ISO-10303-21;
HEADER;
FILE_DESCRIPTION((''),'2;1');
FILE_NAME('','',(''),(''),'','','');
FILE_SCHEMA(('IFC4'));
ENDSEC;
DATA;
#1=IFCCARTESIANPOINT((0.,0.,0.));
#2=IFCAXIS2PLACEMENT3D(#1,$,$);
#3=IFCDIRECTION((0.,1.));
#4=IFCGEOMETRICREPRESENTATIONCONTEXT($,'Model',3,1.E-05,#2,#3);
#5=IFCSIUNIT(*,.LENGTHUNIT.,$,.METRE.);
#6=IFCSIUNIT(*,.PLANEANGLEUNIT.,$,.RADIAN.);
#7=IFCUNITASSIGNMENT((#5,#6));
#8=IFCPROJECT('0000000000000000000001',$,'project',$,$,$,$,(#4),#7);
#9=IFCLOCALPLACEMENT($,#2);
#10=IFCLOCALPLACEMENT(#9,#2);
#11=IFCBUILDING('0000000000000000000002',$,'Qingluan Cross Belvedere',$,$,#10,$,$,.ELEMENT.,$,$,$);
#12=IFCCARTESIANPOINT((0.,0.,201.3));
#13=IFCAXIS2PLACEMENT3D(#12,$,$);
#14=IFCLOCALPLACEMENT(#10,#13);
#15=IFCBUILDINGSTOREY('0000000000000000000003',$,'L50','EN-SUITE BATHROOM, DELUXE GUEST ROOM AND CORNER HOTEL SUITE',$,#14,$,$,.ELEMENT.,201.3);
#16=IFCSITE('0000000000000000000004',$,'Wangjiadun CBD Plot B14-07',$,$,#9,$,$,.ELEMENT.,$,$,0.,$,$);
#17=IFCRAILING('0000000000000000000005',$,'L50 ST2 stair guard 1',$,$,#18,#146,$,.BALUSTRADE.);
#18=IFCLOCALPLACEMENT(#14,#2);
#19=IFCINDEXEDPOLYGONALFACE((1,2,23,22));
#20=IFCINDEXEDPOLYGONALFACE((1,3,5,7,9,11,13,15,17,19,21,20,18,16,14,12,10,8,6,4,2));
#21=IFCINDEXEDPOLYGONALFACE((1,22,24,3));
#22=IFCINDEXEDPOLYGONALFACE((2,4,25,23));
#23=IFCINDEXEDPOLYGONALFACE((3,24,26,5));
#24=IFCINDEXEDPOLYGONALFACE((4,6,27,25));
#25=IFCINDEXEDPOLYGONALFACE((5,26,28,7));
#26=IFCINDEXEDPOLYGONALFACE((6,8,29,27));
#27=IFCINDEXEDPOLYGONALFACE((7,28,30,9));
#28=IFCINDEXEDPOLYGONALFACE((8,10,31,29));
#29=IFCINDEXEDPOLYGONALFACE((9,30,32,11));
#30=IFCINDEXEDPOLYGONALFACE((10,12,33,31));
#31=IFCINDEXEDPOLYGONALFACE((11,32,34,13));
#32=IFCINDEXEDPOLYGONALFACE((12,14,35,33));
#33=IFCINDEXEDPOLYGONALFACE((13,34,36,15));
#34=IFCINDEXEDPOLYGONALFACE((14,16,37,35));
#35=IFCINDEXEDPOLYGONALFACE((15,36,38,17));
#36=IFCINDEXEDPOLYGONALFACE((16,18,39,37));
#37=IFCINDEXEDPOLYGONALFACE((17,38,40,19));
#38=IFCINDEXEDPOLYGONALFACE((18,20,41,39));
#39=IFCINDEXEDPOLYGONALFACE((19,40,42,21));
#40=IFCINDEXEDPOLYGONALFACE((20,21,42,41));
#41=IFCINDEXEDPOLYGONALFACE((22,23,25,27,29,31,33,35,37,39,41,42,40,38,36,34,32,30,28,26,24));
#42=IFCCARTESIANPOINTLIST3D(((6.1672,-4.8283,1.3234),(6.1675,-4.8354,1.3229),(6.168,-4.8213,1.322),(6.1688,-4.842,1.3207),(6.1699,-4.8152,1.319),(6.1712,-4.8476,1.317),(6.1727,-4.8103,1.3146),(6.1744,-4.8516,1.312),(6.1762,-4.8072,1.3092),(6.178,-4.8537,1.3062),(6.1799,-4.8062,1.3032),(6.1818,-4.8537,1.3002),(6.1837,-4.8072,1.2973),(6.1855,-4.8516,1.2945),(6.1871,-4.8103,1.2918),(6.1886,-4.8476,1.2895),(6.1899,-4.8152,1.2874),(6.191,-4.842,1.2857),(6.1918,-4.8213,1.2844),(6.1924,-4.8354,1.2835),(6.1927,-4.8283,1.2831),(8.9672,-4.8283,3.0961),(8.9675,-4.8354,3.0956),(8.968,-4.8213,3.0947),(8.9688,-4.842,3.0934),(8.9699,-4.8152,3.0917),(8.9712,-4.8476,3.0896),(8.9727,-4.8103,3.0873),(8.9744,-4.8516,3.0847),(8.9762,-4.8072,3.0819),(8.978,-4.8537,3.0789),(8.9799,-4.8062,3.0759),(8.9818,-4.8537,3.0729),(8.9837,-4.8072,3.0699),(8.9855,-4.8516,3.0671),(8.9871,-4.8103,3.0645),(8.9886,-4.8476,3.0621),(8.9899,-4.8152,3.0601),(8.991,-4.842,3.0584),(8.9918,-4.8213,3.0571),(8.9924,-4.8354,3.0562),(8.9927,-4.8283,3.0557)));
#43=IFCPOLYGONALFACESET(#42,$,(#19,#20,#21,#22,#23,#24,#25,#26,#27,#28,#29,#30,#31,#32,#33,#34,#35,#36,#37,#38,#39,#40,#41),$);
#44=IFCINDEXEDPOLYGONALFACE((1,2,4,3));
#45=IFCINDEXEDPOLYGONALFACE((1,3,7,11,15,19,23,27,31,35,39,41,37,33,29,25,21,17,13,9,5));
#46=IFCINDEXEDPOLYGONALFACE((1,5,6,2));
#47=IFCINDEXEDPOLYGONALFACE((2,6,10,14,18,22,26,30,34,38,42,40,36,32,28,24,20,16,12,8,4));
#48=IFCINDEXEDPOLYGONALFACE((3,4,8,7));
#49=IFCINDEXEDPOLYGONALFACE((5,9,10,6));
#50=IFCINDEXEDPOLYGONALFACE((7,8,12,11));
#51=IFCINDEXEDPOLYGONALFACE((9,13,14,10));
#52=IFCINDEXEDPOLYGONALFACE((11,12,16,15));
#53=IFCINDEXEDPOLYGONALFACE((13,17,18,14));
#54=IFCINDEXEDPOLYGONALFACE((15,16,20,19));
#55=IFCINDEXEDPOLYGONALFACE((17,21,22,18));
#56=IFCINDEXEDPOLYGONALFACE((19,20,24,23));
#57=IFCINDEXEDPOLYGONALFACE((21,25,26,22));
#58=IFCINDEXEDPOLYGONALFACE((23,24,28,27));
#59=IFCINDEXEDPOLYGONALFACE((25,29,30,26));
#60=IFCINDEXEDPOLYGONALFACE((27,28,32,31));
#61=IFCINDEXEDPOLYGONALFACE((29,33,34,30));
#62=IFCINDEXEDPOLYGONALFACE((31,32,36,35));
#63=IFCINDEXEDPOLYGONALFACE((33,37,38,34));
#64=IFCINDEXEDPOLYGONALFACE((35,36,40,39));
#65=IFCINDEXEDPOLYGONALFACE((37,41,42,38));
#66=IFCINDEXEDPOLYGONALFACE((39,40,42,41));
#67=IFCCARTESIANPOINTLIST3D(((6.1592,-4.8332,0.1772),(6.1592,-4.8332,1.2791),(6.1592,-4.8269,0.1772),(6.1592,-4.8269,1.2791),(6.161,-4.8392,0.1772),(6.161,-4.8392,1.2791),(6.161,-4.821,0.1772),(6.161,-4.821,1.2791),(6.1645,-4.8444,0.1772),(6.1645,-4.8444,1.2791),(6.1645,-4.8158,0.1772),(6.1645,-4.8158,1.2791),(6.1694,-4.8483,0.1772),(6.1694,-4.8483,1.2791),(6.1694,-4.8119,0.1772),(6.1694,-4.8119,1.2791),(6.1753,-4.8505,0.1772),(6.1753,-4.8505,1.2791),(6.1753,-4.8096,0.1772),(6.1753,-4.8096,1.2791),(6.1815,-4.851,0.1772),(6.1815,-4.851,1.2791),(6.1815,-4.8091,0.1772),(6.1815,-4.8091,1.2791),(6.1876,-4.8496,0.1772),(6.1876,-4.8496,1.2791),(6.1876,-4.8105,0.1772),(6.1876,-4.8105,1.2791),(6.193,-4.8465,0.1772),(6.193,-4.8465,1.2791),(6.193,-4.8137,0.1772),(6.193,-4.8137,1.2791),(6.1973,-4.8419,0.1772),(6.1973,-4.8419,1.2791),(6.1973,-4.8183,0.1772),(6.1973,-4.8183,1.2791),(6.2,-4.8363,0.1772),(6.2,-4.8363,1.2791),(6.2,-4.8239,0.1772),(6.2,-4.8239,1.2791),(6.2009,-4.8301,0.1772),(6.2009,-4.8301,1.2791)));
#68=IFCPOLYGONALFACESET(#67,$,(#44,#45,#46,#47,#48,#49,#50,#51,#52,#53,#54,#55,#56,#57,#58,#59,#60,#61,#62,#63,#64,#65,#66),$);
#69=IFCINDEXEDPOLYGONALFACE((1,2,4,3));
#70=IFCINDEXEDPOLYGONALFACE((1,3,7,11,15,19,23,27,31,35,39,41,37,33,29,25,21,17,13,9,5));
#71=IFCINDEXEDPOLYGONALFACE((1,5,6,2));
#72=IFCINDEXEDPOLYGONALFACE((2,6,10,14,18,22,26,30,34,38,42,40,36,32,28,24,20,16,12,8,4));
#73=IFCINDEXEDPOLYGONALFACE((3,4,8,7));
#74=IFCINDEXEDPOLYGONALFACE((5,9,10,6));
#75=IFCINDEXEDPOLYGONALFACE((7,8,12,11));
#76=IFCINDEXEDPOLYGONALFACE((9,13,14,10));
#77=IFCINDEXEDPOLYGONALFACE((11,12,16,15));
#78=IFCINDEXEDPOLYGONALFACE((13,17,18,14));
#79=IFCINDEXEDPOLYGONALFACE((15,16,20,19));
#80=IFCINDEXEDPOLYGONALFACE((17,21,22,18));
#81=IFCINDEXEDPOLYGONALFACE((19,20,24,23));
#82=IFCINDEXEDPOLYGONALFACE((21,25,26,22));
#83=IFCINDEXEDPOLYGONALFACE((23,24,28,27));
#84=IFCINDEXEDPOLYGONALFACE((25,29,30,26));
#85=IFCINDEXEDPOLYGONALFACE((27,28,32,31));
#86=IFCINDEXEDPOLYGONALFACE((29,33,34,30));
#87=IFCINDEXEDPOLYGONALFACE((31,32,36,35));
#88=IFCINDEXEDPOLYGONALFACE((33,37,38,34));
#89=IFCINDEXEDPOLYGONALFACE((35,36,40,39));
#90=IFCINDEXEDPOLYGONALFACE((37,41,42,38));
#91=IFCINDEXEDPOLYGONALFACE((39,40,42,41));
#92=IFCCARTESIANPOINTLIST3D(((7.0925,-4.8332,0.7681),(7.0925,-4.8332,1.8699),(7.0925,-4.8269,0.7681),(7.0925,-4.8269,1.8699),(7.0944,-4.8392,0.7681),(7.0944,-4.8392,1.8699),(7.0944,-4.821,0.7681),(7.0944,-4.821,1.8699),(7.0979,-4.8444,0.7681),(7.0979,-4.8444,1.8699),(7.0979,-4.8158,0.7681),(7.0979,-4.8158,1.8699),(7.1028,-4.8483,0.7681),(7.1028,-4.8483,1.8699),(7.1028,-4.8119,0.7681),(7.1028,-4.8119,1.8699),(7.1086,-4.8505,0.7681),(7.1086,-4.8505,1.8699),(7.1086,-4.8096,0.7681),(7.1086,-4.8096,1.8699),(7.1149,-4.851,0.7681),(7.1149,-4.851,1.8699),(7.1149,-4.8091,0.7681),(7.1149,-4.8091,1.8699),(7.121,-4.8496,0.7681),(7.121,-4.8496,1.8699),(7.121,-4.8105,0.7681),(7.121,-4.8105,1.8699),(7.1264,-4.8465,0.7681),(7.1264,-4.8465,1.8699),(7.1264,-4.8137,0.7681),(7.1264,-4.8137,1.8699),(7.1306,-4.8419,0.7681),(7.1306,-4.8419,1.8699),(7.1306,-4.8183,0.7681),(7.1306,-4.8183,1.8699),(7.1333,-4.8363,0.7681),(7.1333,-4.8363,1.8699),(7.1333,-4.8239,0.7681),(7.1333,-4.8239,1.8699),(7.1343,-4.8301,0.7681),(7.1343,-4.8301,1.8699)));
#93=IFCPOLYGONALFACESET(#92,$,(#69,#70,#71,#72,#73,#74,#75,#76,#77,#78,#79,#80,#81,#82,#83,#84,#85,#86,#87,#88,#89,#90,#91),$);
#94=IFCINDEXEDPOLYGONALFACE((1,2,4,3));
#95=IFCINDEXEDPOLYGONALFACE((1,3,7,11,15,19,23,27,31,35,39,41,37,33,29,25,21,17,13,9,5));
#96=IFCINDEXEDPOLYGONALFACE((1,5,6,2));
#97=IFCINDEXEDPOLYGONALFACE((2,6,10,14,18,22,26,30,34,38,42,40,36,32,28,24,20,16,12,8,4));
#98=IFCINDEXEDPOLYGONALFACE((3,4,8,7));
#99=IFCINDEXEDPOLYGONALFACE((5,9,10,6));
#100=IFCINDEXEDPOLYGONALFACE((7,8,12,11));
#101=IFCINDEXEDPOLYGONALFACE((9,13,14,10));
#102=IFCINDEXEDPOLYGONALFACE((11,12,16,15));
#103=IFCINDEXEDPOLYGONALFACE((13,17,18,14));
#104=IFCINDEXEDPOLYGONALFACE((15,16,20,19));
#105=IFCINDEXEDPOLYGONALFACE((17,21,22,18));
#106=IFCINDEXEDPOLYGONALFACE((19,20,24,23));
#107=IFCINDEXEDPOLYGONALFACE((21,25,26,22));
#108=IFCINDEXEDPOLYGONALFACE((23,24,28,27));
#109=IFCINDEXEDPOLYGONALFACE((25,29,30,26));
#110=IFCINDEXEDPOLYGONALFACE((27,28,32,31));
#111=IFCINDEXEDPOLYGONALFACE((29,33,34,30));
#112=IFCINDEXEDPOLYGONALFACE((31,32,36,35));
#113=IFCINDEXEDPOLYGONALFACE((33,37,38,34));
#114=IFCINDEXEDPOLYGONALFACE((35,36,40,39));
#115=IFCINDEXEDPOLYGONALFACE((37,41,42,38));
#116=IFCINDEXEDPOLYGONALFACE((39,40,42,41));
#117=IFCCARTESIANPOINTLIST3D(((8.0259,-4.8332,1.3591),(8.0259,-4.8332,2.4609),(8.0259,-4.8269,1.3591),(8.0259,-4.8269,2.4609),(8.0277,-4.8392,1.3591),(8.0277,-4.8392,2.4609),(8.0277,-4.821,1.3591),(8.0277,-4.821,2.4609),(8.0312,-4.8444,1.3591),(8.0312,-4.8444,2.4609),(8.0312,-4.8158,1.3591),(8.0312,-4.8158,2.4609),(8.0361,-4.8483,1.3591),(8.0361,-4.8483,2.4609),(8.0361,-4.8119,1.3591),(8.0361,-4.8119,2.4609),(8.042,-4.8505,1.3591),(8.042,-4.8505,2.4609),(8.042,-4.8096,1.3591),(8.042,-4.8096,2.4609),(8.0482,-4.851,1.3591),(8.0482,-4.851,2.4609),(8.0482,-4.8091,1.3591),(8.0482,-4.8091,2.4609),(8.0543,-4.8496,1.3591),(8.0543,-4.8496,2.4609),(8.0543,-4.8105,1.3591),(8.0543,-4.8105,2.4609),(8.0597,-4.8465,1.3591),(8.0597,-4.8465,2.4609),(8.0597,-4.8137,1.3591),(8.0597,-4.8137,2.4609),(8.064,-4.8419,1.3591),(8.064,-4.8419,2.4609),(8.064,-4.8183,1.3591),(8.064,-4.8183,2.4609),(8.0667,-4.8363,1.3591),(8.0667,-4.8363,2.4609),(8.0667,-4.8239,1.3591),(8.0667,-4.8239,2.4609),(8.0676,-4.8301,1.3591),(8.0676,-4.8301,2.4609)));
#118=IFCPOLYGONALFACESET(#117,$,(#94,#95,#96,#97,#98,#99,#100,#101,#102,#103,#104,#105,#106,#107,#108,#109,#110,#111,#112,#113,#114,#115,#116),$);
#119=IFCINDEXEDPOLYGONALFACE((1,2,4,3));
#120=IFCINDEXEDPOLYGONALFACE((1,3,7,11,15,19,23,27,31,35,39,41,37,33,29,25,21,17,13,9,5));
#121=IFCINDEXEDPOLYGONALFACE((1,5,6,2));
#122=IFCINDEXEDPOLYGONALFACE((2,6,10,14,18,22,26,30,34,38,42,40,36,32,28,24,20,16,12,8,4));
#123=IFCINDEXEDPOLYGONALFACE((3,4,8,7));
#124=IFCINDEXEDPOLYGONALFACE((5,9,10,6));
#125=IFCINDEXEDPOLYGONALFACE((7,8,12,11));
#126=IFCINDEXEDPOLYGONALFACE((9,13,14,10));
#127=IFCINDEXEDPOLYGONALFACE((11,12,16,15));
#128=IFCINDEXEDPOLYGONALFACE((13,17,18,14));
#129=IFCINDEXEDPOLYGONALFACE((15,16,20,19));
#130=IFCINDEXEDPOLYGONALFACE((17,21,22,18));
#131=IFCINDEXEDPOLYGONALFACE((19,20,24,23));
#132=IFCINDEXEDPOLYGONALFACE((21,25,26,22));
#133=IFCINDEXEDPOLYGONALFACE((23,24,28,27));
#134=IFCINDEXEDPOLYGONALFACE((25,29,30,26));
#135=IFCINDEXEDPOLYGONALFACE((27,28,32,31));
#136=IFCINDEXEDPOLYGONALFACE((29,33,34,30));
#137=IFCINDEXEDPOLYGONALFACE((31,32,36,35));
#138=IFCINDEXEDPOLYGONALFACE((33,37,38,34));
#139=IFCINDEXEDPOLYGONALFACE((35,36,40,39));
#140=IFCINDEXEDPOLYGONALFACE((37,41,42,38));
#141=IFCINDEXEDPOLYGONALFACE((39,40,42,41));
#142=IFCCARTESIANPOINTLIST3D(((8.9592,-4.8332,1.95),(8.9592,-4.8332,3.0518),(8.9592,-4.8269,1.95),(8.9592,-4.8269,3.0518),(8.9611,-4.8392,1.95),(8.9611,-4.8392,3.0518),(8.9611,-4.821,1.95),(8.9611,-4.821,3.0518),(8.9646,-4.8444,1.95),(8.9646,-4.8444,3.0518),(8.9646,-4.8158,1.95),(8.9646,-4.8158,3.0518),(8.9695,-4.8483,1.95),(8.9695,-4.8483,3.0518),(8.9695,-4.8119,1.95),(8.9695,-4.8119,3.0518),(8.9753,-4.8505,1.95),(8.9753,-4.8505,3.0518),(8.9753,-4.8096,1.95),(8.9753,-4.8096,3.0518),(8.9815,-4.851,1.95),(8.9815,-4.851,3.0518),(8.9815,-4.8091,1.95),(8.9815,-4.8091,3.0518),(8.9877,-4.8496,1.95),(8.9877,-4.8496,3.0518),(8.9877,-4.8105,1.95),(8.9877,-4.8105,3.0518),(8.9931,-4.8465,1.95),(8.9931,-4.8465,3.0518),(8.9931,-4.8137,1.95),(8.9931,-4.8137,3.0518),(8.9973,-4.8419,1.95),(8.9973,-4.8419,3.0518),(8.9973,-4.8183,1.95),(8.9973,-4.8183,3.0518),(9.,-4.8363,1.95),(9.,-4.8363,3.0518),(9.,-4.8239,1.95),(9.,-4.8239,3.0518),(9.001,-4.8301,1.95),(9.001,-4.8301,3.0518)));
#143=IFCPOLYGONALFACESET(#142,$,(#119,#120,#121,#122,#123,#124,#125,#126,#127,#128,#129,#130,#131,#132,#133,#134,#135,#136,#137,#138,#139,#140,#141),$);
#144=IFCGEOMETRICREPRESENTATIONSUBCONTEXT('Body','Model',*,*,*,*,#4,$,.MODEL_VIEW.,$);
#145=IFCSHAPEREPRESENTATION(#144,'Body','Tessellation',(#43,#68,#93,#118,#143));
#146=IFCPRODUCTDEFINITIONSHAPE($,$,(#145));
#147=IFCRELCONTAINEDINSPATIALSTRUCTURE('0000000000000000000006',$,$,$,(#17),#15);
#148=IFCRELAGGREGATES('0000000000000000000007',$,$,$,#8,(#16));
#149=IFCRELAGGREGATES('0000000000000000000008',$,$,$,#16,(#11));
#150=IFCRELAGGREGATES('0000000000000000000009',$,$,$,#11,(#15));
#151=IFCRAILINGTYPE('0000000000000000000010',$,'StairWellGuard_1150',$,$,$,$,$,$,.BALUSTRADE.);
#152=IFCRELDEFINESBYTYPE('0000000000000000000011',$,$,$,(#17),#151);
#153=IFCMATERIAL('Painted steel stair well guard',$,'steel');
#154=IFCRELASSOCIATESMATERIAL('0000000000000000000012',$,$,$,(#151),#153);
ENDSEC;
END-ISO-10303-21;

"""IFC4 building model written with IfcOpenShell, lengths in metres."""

from ifc_helpers import new_model, si_unit, direction, frame, origin, origin_2d, place, context, subcontext, project, spatial, circle, extrude, material, type_object, element, save


model = new_model("IFC4")

# Units and contexts
model_context = context("Model", 3, precision=1e-05, world=origin(), true_north=direction((0.0, 1.0)))
body_context = subcontext(model_context, "Body", "Model", "MODEL_VIEW")
ifc_project = project(units=[si_unit("LENGTHUNIT", "METRE"), si_unit("PLANEANGLEUNIT", "RADIAN")], contexts=[model_context])

# Site, building, storey
site_placement = place(None, origin())
site = spatial("IfcSite", under=ifc_project, at=site_placement, Name="Wangjiadun CBD Plot B14-07", CompositionType="ELEMENT", RefElevation=0.0)
building_placement = place(site_placement, origin())
building = spatial("IfcBuilding", under=site, at=building_placement, Name="Qingluan Cross Belvedere", CompositionType="ELEMENT")
storey_placement = place(building_placement, frame((0.0, 0.0, 201.3)))
storey = spatial("IfcBuildingStorey", under=building, at=storey_placement, Name="L50", Description="EN-SUITE BATHROOM, DELUXE GUEST ROOM AND CORNER HOTEL SUITE", CompositionType="ELEMENT", Elevation=201.3)

# Railing
ifc_material_1 = material(Name="Painted steel stair well guard", Category="steel")
railing_type_1 = type_object("IfcRailingType", Name="StairWellGuard_1150", PredefinedType="BALUSTRADE", material=ifc_material_1)
railing_1_placement = place(storey_placement, frame((6.1799, -4.8301, 0.1772)))
element("IfcRailing", 1, at=railing_1_placement, inside=storey, type_object=railing_type_1, Name="L50 ST2 stair guard 1", PredefinedType="BALUSTRADE", context=body_context, shape_type="SweptSolid", body=[
    extrude(circle(Radius=0.0239, at=origin_2d()), frame((0.0, 0.0, 1.126), z_axis=(0.844909, 0.0, 0.53491), x_axis=(0.0, 1.0, 0.0)), (0.0, 0.0, 1.0), 3.314),
    extrude(circle(Radius=0.021, at=origin_2d()), origin(), (0.0, 0.0, 1.0), 1.1018),
    extrude(circle(Radius=0.021, at=origin_2d()), frame((0.9333, 0.0, 0.5908)), (0.0, 0.0, 1.0), 1.1018),
    extrude(circle(Radius=0.021, at=origin_2d()), frame((1.8667, 0.0, 1.1819)), (0.0, 0.0, 1.0), 1.1018),
    extrude(circle(Radius=0.021, at=origin_2d()), frame((2.8, 0.0, 1.7727)), (0.0, 0.0, 1.0), 1.1018),
])

save(model, "model.ifc")
